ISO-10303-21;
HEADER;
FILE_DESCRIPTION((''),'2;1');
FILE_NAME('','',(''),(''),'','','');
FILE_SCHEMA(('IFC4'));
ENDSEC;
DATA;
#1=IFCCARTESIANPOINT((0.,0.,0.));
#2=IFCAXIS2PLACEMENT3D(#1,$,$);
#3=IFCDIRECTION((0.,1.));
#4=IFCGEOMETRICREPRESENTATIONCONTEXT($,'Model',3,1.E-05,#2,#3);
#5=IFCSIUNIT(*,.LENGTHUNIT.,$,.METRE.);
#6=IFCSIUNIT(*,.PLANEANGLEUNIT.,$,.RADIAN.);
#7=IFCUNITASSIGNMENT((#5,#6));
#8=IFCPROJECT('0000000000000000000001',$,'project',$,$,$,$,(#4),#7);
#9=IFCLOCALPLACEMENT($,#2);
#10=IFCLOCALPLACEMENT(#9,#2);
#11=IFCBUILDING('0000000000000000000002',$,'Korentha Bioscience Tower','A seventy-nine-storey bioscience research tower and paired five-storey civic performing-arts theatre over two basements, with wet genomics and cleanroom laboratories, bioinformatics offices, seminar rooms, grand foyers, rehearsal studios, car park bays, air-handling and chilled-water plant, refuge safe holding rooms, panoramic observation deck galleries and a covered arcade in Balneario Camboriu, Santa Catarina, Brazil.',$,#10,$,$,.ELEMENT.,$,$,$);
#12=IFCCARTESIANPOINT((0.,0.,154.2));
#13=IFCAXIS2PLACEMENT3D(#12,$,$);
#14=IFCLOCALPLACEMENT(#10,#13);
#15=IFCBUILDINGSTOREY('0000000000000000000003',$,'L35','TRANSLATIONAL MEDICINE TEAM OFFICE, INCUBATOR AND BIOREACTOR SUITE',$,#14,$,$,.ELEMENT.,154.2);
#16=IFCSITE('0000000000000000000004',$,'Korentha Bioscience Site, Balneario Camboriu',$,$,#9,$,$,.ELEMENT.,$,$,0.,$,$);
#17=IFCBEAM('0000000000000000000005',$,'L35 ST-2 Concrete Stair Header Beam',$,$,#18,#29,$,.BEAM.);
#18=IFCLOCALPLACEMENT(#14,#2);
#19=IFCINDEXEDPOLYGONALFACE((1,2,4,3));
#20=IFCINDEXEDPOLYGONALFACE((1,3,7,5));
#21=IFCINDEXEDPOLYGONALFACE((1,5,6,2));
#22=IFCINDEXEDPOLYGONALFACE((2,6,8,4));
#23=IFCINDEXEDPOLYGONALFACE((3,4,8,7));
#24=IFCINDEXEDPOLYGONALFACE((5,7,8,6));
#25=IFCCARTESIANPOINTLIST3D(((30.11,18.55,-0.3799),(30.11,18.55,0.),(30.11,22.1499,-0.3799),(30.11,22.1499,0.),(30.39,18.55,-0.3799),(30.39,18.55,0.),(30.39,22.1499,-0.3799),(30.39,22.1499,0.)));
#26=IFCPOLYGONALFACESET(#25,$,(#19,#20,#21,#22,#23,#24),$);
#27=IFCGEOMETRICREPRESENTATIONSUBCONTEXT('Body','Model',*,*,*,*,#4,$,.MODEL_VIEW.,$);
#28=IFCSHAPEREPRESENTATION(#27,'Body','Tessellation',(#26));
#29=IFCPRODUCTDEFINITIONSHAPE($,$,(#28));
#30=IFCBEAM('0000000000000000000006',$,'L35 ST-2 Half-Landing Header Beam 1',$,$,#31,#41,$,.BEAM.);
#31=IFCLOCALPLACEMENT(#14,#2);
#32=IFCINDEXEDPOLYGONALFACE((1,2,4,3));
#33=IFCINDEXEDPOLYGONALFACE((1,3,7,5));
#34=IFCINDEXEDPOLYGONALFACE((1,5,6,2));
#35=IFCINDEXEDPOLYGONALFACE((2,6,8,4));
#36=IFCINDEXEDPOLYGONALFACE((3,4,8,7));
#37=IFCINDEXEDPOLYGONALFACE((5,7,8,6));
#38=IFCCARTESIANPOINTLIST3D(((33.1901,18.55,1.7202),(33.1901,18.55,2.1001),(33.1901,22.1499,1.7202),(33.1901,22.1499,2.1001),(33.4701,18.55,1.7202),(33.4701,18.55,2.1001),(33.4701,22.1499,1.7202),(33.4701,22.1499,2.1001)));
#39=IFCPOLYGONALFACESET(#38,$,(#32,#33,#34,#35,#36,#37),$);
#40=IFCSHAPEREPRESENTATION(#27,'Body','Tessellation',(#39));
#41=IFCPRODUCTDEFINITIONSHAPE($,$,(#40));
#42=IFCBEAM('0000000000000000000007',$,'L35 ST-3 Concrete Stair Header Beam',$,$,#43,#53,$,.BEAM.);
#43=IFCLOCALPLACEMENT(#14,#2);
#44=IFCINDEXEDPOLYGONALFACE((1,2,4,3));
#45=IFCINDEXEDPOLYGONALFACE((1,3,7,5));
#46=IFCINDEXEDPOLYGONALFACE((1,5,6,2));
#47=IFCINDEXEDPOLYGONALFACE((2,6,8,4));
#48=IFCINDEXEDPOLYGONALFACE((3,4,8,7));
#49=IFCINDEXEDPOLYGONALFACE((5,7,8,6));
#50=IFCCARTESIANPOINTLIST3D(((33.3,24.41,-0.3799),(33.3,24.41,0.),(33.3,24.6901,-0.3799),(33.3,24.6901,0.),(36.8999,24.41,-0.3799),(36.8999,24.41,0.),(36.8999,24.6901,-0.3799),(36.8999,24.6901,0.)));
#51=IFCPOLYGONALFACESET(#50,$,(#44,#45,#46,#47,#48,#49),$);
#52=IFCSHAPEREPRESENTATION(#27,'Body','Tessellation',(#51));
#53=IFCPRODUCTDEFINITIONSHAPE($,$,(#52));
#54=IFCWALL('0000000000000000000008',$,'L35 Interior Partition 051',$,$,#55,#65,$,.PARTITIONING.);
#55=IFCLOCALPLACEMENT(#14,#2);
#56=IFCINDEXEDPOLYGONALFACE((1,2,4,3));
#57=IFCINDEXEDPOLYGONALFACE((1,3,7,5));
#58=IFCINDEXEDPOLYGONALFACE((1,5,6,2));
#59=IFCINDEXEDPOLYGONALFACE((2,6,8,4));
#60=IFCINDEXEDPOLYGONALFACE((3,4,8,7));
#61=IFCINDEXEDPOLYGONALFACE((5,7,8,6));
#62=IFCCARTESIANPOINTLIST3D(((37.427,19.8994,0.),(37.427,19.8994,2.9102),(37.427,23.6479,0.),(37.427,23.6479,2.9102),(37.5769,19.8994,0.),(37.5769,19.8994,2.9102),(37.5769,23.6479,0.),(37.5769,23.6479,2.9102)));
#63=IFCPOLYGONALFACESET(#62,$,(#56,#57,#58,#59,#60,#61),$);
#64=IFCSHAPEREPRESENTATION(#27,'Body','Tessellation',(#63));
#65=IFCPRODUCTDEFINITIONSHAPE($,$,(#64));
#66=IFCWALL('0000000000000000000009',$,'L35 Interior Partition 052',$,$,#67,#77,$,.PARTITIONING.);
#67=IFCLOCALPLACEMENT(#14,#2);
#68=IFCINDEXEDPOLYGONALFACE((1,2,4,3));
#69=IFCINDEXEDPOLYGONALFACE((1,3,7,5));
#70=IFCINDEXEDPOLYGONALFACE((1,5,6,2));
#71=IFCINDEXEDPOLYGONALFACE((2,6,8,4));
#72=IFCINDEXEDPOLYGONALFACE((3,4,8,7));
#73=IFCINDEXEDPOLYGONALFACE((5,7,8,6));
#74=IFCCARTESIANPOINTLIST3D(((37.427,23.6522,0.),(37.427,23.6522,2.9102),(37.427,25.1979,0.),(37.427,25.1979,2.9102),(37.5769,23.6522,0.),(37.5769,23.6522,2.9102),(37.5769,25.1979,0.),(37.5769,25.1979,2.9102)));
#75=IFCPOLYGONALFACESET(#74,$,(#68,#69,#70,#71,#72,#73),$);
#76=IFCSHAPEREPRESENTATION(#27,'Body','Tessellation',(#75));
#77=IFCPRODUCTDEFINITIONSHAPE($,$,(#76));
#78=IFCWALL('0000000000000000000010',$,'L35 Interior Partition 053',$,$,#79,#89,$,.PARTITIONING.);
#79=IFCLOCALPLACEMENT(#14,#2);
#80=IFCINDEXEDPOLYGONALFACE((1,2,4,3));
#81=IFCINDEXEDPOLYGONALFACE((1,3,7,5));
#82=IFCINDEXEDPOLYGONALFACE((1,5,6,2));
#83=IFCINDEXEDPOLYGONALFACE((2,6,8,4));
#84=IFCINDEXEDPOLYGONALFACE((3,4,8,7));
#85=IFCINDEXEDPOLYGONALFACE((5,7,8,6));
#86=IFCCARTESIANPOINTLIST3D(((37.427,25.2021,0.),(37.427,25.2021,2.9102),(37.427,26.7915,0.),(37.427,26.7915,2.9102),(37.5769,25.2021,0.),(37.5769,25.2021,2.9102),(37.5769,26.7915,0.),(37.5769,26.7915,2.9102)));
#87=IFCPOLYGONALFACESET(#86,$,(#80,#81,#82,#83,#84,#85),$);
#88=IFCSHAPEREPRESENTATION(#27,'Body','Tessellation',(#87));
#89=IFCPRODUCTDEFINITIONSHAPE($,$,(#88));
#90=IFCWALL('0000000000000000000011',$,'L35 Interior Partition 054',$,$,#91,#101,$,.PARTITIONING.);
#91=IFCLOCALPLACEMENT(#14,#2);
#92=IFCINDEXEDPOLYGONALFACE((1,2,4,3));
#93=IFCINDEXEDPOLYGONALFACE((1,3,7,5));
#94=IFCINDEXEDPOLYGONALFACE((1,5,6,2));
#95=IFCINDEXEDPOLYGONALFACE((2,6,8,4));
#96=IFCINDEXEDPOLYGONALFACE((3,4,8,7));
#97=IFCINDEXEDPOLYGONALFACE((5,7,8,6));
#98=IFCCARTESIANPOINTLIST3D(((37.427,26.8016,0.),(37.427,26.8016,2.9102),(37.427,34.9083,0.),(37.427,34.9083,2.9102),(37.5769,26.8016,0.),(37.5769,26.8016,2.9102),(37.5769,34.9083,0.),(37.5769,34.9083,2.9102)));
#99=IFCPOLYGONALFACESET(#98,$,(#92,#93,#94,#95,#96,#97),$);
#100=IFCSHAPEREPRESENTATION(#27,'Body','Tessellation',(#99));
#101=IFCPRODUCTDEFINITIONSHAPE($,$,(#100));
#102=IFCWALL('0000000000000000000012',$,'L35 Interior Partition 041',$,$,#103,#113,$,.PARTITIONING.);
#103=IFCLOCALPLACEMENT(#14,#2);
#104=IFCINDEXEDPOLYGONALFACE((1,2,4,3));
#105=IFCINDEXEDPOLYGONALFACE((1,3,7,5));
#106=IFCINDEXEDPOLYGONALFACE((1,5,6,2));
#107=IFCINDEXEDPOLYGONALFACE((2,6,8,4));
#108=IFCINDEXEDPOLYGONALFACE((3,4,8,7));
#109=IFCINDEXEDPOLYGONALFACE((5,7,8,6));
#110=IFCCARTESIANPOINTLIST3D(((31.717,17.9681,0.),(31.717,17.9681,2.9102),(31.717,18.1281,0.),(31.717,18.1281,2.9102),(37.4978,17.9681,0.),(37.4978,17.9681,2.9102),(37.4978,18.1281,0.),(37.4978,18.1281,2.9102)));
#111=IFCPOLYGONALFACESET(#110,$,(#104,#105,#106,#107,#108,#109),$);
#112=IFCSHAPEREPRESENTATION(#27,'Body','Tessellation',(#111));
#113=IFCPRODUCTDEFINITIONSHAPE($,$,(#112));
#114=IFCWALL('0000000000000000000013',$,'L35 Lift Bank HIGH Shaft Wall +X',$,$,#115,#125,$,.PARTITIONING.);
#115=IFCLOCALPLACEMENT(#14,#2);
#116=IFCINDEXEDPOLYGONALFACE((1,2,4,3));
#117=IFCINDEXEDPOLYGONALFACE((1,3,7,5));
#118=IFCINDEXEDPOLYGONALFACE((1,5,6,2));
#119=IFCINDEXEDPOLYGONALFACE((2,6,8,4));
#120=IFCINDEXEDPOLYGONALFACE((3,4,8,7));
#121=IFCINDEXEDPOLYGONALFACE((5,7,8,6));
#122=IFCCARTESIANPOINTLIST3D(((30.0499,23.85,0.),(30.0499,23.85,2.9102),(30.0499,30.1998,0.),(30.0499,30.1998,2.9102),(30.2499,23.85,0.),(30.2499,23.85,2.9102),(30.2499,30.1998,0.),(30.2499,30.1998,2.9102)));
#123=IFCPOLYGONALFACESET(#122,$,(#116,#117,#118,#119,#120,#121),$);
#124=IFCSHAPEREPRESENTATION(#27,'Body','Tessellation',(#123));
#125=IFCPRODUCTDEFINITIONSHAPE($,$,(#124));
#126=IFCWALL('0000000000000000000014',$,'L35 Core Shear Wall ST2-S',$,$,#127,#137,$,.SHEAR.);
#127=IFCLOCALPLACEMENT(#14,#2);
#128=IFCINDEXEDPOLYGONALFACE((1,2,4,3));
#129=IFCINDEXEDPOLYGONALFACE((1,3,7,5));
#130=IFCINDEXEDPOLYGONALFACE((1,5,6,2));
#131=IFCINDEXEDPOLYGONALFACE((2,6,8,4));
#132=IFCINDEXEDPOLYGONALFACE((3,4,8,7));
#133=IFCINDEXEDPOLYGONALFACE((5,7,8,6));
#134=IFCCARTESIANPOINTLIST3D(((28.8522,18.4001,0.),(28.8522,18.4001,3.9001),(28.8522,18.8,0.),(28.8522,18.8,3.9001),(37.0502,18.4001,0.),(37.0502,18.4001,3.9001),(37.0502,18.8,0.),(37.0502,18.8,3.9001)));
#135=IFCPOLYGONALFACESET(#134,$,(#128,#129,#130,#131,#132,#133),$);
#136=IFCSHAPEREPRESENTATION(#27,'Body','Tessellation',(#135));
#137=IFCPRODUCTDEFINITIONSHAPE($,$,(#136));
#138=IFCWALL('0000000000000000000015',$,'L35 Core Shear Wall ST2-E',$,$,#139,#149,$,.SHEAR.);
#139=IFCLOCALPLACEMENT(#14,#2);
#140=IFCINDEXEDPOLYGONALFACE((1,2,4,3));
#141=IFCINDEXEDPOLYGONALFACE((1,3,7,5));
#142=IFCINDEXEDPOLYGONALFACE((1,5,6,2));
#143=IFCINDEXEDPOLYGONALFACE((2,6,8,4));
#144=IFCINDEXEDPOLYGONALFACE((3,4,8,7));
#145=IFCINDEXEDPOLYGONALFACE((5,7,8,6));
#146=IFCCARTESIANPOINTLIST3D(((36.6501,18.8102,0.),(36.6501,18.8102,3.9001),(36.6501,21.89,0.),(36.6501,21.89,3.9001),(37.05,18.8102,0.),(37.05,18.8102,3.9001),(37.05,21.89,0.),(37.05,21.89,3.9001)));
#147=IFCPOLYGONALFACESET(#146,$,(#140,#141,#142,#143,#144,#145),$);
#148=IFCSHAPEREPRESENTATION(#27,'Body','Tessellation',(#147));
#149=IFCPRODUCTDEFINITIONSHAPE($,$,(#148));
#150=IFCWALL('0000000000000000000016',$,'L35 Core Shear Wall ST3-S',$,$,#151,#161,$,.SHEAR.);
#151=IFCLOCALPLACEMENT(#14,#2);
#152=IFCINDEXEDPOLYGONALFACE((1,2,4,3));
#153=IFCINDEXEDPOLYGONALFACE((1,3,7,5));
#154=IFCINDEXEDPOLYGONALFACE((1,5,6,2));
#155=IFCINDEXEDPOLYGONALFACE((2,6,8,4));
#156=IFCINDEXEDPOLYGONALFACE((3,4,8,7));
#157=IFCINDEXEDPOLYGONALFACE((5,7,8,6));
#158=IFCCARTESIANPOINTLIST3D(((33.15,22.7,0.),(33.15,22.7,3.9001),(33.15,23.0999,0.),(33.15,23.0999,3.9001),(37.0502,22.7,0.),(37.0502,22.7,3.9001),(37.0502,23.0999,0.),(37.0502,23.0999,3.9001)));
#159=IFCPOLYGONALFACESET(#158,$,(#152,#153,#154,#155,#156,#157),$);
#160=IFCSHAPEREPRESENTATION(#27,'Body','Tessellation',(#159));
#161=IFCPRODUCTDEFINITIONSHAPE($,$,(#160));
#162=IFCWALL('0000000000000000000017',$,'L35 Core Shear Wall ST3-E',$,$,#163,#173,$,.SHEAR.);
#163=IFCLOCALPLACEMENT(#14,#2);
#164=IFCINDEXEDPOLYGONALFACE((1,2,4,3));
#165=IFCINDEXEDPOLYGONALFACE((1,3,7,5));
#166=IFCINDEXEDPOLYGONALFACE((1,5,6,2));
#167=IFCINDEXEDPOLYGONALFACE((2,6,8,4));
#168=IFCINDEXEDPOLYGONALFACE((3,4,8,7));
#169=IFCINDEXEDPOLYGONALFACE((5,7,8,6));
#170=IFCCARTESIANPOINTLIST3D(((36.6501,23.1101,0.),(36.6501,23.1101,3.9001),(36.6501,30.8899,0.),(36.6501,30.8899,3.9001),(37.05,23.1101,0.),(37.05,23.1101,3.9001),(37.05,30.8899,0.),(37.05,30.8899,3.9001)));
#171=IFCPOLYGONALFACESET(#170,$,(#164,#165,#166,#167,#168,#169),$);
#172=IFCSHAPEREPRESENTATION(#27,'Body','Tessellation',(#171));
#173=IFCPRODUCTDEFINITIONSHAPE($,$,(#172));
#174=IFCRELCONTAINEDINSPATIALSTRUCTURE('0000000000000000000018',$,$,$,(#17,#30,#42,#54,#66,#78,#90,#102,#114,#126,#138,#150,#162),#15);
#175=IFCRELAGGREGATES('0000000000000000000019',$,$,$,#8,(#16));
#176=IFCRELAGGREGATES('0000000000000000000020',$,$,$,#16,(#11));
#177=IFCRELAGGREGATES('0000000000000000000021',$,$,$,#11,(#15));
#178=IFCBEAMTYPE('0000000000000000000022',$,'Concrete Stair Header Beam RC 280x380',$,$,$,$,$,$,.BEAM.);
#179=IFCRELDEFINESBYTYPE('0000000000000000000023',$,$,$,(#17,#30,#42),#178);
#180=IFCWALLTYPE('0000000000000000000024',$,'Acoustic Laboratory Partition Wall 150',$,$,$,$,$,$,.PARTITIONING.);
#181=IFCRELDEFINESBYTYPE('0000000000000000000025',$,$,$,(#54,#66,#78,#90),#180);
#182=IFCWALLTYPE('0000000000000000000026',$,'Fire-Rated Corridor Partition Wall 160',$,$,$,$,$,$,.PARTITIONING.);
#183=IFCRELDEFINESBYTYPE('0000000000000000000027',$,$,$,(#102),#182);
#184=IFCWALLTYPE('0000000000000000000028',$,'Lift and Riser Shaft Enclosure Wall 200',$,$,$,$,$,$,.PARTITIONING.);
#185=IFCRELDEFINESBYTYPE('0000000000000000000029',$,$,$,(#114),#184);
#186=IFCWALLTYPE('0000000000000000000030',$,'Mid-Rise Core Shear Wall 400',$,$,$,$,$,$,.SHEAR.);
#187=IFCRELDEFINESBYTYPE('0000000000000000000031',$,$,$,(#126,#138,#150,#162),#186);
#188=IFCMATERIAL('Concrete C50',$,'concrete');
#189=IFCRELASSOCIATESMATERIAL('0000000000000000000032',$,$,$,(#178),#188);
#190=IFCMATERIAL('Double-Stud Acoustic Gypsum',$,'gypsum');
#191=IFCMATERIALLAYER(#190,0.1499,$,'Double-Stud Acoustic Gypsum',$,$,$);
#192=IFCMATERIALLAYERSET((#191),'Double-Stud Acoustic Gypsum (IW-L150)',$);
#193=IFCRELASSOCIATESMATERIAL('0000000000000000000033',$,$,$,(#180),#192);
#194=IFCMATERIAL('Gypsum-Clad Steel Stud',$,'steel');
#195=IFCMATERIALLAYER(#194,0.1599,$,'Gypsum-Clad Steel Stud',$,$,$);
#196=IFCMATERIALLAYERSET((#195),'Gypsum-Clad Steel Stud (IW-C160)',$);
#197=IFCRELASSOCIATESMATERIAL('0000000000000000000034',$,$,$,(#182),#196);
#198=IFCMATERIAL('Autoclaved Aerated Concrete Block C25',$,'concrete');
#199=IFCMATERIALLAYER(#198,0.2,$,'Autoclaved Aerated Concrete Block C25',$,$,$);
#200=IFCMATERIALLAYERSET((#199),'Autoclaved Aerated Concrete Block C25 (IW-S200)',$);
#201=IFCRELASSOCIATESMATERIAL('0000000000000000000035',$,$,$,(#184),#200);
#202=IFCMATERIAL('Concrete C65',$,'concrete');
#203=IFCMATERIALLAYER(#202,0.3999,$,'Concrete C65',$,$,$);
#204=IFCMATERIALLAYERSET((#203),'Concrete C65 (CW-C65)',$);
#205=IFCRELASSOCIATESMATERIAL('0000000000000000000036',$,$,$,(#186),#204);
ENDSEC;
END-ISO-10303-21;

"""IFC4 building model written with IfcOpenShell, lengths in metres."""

from ifc_helpers import new_model, si_unit, direction, frame, frame_2d, origin, origin_2d, place, context, subcontext, project, spatial, rectangle, extrude, material, layer, layer_set, material_profile, profile_set, type_object, element, save


model = new_model("IFC4")

# Units and contexts
model_context = context("Model", 3, precision=1e-05, world=origin(), true_north=direction((0.0, 1.0)))
body_context = subcontext(model_context, "Body", "Model", "MODEL_VIEW")
ifc_project = project(units=[si_unit("LENGTHUNIT", "METRE"), si_unit("PLANEANGLEUNIT", "RADIAN")], contexts=[model_context])

# Site, building, storey
site_placement = place(None, origin())
site = spatial("IfcSite", under=ifc_project, at=site_placement, Name="Korentha Bioscience Site, Balneario Camboriu", CompositionType="ELEMENT", RefElevation=0.0)
building_placement = place(site_placement, origin())
building = spatial("IfcBuilding", under=site, at=building_placement, Name="Korentha Bioscience Tower", Description="A seventy-nine-storey bioscience research tower and paired five-storey civic performing-arts theatre over two basements, with wet genomics and cleanroom laboratories, bioinformatics offices, seminar rooms, grand foyers, rehearsal studios, car park bays, air-handling and chilled-water plant, refuge safe holding rooms, panoramic observation deck galleries and a covered arcade in Balneario Camboriu, Santa Catarina, Brazil.", CompositionType="ELEMENT")
storey_placement = place(building_placement, frame((0.0, 0.0, 154.2)))
storey = spatial("IfcBuildingStorey", under=building, at=storey_placement, Name="L35", Description="TRANSLATIONAL MEDICINE TEAM OFFICE, INCUBATOR AND BIOREACTOR SUITE", CompositionType="ELEMENT", Elevation=154.2)

# Beams
ifc_material_1 = material(Name="Concrete C50", Category="concrete")
ifc_material_profile = material_profile(ifc_material_1, rectangle(XDim=0.28, YDim=0.3799, at=origin_2d()), Name="Concrete C50")
ifc_profile_set = profile_set([ifc_material_profile], Name="Concrete C50 (ST-HB380)")
beam_type = type_object("IfcBeamType", Name="Concrete Stair Header Beam RC 280x380", PredefinedType="BEAM", material=ifc_profile_set)
for number, where, z_axis, x_axis, name in (
    (1, (30.25, 18.55, -0.1899), (0.0, 1.0, 0.0), (-1.0, 0.0, 0.0), "L35 ST-2 Concrete Stair Header Beam"),
    (2, (33.3301, 18.55, 1.9102), (0.0, 1.0, 0.0), (-1.0, 0.0, 0.0), "L35 ST-2 Half-Landing Header Beam 1"),
    (3, (36.8999, 24.55, -0.1899), (-1.0, 0.0, 0.0), (0.0, -1.0, 0.0), "L35 ST-3 Concrete Stair Header Beam"),
):
    element("IfcBeam", number, at=place(storey_placement, frame(where, z_axis=z_axis, x_axis=x_axis)), inside=storey, type_object=beam_type, Name=name, PredefinedType="BEAM", context=body_context, shape_type="SweptSolid", body=[
        extrude(rectangle(XDim=0.28, YDim=0.3799, at=origin_2d()), origin(), (0.0, 0.0, 1.0), 3.5999),
    ])

# Walls
ifc_material_2 = material(Name="Double-Stud Acoustic Gypsum", Category="gypsum")
ifc_layer_1 = layer(ifc_material_2, 0.1499, Name="Double-Stud Acoustic Gypsum")
ifc_layer_set_1 = layer_set([ifc_layer_1], Name="Double-Stud Acoustic Gypsum (IW-L150)")
wall_type_1 = type_object("IfcWallType", Name="Acoustic Laboratory Partition Wall 150", PredefinedType="PARTITIONING", material=ifc_layer_set_1)
wall_1_placement = place(storey_placement, frame((37.502, 19.8994, 0.0), z_axis=(0.0, 0.0, 1.0), x_axis=(0.0, 1.0, 0.0)))
element("IfcWall", 4, at=wall_1_placement, inside=storey, type_object=wall_type_1, Name="L35 Interior Partition 051", PredefinedType="PARTITIONING", context=body_context, shape_type="SweptSolid", body=[
    extrude(rectangle(XDim=3.7485, YDim=0.1499, at=frame_2d((1.8743, 0.0))), origin(), (0.0, 0.0, 1.0), 2.9102),
])
wall_2_placement = place(storey_placement, frame((37.502, 23.6521, 0.0), z_axis=(0.0, 0.0, 1.0), x_axis=(0.0, 1.0, 0.0)))
element("IfcWall", 5, at=wall_2_placement, inside=storey, type_object=wall_type_1, Name="L35 Interior Partition 052", PredefinedType="PARTITIONING", context=body_context, shape_type="SweptSolid", body=[
    extrude(rectangle(XDim=1.5457, YDim=0.1499, at=frame_2d((0.7729, 0.0))), origin(), (0.0, 0.0, 1.0), 2.9102),
])
wall_3_placement = place(storey_placement, frame((37.502, 25.2021, 0.0), z_axis=(0.0, 0.0, 1.0), x_axis=(0.0, 1.0, 0.0)))
element("IfcWall", 6, at=wall_3_placement, inside=storey, type_object=wall_type_1, Name="L35 Interior Partition 053", PredefinedType="PARTITIONING", context=body_context, shape_type="SweptSolid", body=[
    extrude(rectangle(XDim=1.5894, YDim=0.1499, at=frame_2d((0.7947, 0.0))), origin(), (0.0, 0.0, 1.0), 2.9102),
])
wall_4_placement = place(storey_placement, frame((37.502, 26.8018, 0.0), z_axis=(0.0, 0.0, 1.0), x_axis=(0.0, 1.0, 0.0)))
element("IfcWall", 7, at=wall_4_placement, inside=storey, type_object=wall_type_1, Name="L35 Interior Partition 054", PredefinedType="PARTITIONING", context=body_context, shape_type="SweptSolid", body=[
    extrude(rectangle(XDim=8.1067, YDim=0.1499, at=frame_2d((4.0532, 0.0))), origin(), (0.0, 0.0, 1.0), 2.9102),
])
ifc_material_3 = material(Name="Gypsum-Clad Steel Stud", Category="steel")
ifc_layer_2 = layer(ifc_material_3, 0.1599, Name="Gypsum-Clad Steel Stud")
ifc_layer_set_2 = layer_set([ifc_layer_2], Name="Gypsum-Clad Steel Stud (IW-C160)")
wall_type_2 = type_object("IfcWallType", Name="Fire-Rated Corridor Partition Wall 160", PredefinedType="PARTITIONING", material=ifc_layer_set_2)
wall_5_placement = place(storey_placement, frame((31.717, 18.0481, 0.0), z_axis=(0.0, 0.0, 1.0), x_axis=(1.0, 0.0, 0.0)))
element("IfcWall", 8, at=wall_5_placement, inside=storey, type_object=wall_type_2, Name="L35 Interior Partition 041", PredefinedType="PARTITIONING", context=body_context, shape_type="SweptSolid", body=[
    extrude(rectangle(XDim=5.7808, YDim=0.1599, at=frame_2d((2.8904, 0.0))), origin(), (0.0, 0.0, 1.0), 2.9102),
])
ifc_material_4 = material(Name="Autoclaved Aerated Concrete Block C25", Category="concrete")
ifc_layer_3 = layer(ifc_material_4, 0.2, Name="Autoclaved Aerated Concrete Block C25")
ifc_layer_set_3 = layer_set([ifc_layer_3], Name="Autoclaved Aerated Concrete Block C25 (IW-S200)")
wall_type_3 = type_object("IfcWallType", Name="Lift and Riser Shaft Enclosure Wall 200", PredefinedType="PARTITIONING", material=ifc_layer_set_3)
wall_6_placement = place(storey_placement, frame((30.1499, 23.8501, 0.0), z_axis=(0.0, 0.0, 1.0), x_axis=(0.0, 1.0, 0.0)))
element("IfcWall", 9, at=wall_6_placement, inside=storey, type_object=wall_type_3, Name="L35 Lift Bank HIGH Shaft Wall +X", PredefinedType="PARTITIONING", context=body_context, shape_type="SweptSolid", body=[
    extrude(rectangle(XDim=6.3499, YDim=0.2, at=frame_2d((3.1748, 0.0))), origin(), (0.0, 0.0, 1.0), 2.9102),
])
ifc_material_5 = material(Name="Concrete C65", Category="concrete")
ifc_layer_4 = layer(ifc_material_5, 0.3999, Name="Concrete C65")
ifc_layer_set_4 = layer_set([ifc_layer_4], Name="Concrete C65 (CW-C65)")
wall_type_4 = type_object("IfcWallType", Name="Mid-Rise Core Shear Wall 400", PredefinedType="SHEAR", material=ifc_layer_set_4)
wall_7_placement = place(storey_placement, frame((28.8521, 18.6001, 0.0), z_axis=(0.0, 0.0, 1.0), x_axis=(1.0, 0.0, 0.0)))
element("IfcWall", 10, at=wall_7_placement, inside=storey, type_object=wall_type_4, Name="L35 Core Shear Wall ST2-S", PredefinedType="SHEAR", context=body_context, shape_type="SweptSolid", body=[
    extrude(rectangle(XDim=8.198, YDim=0.3999, at=frame_2d((4.0991, 0.0))), origin(), (0.0, 0.0, 1.0), 3.9001),
])
wall_8_placement = place(storey_placement, frame((36.8501, 18.8101, 0.0), z_axis=(0.0, 0.0, 1.0), x_axis=(0.0, 1.0, 0.0)))
element("IfcWall", 11, at=wall_8_placement, inside=storey, type_object=wall_type_4, Name="L35 Core Shear Wall ST2-E", PredefinedType="SHEAR", context=body_context, shape_type="SweptSolid", body=[
    extrude(rectangle(XDim=3.0798, YDim=0.3999, at=frame_2d((1.54, 0.0))), origin(), (0.0, 0.0, 1.0), 3.9001),
])
wall_9_placement = place(storey_placement, frame((33.1499, 22.8999, 0.0), z_axis=(0.0, 0.0, 1.0), x_axis=(1.0, 0.0, 0.0)))
element("IfcWall", 12, at=wall_9_placement, inside=storey, type_object=wall_type_4, Name="L35 Core Shear Wall ST3-S", PredefinedType="SHEAR", context=body_context, shape_type="SweptSolid", body=[
    extrude(rectangle(XDim=3.9001, YDim=0.3999, at=frame_2d((1.9502, 0.0))), origin(), (0.0, 0.0, 1.0), 3.9001),
])
wall_10_placement = place(storey_placement, frame((36.8501, 23.1101, 0.0), z_axis=(0.0, 0.0, 1.0), x_axis=(0.0, 1.0, 0.0)))
element("IfcWall", 13, at=wall_10_placement, inside=storey, type_object=wall_type_4, Name="L35 Core Shear Wall ST3-E", PredefinedType="SHEAR", context=body_context, shape_type="SweptSolid", body=[
    extrude(rectangle(XDim=7.7798, YDim=0.3999, at=frame_2d((3.8899, 0.0))), origin(), (0.0, 0.0, 1.0), 3.9001),
])

save(model, "model.ifc")
